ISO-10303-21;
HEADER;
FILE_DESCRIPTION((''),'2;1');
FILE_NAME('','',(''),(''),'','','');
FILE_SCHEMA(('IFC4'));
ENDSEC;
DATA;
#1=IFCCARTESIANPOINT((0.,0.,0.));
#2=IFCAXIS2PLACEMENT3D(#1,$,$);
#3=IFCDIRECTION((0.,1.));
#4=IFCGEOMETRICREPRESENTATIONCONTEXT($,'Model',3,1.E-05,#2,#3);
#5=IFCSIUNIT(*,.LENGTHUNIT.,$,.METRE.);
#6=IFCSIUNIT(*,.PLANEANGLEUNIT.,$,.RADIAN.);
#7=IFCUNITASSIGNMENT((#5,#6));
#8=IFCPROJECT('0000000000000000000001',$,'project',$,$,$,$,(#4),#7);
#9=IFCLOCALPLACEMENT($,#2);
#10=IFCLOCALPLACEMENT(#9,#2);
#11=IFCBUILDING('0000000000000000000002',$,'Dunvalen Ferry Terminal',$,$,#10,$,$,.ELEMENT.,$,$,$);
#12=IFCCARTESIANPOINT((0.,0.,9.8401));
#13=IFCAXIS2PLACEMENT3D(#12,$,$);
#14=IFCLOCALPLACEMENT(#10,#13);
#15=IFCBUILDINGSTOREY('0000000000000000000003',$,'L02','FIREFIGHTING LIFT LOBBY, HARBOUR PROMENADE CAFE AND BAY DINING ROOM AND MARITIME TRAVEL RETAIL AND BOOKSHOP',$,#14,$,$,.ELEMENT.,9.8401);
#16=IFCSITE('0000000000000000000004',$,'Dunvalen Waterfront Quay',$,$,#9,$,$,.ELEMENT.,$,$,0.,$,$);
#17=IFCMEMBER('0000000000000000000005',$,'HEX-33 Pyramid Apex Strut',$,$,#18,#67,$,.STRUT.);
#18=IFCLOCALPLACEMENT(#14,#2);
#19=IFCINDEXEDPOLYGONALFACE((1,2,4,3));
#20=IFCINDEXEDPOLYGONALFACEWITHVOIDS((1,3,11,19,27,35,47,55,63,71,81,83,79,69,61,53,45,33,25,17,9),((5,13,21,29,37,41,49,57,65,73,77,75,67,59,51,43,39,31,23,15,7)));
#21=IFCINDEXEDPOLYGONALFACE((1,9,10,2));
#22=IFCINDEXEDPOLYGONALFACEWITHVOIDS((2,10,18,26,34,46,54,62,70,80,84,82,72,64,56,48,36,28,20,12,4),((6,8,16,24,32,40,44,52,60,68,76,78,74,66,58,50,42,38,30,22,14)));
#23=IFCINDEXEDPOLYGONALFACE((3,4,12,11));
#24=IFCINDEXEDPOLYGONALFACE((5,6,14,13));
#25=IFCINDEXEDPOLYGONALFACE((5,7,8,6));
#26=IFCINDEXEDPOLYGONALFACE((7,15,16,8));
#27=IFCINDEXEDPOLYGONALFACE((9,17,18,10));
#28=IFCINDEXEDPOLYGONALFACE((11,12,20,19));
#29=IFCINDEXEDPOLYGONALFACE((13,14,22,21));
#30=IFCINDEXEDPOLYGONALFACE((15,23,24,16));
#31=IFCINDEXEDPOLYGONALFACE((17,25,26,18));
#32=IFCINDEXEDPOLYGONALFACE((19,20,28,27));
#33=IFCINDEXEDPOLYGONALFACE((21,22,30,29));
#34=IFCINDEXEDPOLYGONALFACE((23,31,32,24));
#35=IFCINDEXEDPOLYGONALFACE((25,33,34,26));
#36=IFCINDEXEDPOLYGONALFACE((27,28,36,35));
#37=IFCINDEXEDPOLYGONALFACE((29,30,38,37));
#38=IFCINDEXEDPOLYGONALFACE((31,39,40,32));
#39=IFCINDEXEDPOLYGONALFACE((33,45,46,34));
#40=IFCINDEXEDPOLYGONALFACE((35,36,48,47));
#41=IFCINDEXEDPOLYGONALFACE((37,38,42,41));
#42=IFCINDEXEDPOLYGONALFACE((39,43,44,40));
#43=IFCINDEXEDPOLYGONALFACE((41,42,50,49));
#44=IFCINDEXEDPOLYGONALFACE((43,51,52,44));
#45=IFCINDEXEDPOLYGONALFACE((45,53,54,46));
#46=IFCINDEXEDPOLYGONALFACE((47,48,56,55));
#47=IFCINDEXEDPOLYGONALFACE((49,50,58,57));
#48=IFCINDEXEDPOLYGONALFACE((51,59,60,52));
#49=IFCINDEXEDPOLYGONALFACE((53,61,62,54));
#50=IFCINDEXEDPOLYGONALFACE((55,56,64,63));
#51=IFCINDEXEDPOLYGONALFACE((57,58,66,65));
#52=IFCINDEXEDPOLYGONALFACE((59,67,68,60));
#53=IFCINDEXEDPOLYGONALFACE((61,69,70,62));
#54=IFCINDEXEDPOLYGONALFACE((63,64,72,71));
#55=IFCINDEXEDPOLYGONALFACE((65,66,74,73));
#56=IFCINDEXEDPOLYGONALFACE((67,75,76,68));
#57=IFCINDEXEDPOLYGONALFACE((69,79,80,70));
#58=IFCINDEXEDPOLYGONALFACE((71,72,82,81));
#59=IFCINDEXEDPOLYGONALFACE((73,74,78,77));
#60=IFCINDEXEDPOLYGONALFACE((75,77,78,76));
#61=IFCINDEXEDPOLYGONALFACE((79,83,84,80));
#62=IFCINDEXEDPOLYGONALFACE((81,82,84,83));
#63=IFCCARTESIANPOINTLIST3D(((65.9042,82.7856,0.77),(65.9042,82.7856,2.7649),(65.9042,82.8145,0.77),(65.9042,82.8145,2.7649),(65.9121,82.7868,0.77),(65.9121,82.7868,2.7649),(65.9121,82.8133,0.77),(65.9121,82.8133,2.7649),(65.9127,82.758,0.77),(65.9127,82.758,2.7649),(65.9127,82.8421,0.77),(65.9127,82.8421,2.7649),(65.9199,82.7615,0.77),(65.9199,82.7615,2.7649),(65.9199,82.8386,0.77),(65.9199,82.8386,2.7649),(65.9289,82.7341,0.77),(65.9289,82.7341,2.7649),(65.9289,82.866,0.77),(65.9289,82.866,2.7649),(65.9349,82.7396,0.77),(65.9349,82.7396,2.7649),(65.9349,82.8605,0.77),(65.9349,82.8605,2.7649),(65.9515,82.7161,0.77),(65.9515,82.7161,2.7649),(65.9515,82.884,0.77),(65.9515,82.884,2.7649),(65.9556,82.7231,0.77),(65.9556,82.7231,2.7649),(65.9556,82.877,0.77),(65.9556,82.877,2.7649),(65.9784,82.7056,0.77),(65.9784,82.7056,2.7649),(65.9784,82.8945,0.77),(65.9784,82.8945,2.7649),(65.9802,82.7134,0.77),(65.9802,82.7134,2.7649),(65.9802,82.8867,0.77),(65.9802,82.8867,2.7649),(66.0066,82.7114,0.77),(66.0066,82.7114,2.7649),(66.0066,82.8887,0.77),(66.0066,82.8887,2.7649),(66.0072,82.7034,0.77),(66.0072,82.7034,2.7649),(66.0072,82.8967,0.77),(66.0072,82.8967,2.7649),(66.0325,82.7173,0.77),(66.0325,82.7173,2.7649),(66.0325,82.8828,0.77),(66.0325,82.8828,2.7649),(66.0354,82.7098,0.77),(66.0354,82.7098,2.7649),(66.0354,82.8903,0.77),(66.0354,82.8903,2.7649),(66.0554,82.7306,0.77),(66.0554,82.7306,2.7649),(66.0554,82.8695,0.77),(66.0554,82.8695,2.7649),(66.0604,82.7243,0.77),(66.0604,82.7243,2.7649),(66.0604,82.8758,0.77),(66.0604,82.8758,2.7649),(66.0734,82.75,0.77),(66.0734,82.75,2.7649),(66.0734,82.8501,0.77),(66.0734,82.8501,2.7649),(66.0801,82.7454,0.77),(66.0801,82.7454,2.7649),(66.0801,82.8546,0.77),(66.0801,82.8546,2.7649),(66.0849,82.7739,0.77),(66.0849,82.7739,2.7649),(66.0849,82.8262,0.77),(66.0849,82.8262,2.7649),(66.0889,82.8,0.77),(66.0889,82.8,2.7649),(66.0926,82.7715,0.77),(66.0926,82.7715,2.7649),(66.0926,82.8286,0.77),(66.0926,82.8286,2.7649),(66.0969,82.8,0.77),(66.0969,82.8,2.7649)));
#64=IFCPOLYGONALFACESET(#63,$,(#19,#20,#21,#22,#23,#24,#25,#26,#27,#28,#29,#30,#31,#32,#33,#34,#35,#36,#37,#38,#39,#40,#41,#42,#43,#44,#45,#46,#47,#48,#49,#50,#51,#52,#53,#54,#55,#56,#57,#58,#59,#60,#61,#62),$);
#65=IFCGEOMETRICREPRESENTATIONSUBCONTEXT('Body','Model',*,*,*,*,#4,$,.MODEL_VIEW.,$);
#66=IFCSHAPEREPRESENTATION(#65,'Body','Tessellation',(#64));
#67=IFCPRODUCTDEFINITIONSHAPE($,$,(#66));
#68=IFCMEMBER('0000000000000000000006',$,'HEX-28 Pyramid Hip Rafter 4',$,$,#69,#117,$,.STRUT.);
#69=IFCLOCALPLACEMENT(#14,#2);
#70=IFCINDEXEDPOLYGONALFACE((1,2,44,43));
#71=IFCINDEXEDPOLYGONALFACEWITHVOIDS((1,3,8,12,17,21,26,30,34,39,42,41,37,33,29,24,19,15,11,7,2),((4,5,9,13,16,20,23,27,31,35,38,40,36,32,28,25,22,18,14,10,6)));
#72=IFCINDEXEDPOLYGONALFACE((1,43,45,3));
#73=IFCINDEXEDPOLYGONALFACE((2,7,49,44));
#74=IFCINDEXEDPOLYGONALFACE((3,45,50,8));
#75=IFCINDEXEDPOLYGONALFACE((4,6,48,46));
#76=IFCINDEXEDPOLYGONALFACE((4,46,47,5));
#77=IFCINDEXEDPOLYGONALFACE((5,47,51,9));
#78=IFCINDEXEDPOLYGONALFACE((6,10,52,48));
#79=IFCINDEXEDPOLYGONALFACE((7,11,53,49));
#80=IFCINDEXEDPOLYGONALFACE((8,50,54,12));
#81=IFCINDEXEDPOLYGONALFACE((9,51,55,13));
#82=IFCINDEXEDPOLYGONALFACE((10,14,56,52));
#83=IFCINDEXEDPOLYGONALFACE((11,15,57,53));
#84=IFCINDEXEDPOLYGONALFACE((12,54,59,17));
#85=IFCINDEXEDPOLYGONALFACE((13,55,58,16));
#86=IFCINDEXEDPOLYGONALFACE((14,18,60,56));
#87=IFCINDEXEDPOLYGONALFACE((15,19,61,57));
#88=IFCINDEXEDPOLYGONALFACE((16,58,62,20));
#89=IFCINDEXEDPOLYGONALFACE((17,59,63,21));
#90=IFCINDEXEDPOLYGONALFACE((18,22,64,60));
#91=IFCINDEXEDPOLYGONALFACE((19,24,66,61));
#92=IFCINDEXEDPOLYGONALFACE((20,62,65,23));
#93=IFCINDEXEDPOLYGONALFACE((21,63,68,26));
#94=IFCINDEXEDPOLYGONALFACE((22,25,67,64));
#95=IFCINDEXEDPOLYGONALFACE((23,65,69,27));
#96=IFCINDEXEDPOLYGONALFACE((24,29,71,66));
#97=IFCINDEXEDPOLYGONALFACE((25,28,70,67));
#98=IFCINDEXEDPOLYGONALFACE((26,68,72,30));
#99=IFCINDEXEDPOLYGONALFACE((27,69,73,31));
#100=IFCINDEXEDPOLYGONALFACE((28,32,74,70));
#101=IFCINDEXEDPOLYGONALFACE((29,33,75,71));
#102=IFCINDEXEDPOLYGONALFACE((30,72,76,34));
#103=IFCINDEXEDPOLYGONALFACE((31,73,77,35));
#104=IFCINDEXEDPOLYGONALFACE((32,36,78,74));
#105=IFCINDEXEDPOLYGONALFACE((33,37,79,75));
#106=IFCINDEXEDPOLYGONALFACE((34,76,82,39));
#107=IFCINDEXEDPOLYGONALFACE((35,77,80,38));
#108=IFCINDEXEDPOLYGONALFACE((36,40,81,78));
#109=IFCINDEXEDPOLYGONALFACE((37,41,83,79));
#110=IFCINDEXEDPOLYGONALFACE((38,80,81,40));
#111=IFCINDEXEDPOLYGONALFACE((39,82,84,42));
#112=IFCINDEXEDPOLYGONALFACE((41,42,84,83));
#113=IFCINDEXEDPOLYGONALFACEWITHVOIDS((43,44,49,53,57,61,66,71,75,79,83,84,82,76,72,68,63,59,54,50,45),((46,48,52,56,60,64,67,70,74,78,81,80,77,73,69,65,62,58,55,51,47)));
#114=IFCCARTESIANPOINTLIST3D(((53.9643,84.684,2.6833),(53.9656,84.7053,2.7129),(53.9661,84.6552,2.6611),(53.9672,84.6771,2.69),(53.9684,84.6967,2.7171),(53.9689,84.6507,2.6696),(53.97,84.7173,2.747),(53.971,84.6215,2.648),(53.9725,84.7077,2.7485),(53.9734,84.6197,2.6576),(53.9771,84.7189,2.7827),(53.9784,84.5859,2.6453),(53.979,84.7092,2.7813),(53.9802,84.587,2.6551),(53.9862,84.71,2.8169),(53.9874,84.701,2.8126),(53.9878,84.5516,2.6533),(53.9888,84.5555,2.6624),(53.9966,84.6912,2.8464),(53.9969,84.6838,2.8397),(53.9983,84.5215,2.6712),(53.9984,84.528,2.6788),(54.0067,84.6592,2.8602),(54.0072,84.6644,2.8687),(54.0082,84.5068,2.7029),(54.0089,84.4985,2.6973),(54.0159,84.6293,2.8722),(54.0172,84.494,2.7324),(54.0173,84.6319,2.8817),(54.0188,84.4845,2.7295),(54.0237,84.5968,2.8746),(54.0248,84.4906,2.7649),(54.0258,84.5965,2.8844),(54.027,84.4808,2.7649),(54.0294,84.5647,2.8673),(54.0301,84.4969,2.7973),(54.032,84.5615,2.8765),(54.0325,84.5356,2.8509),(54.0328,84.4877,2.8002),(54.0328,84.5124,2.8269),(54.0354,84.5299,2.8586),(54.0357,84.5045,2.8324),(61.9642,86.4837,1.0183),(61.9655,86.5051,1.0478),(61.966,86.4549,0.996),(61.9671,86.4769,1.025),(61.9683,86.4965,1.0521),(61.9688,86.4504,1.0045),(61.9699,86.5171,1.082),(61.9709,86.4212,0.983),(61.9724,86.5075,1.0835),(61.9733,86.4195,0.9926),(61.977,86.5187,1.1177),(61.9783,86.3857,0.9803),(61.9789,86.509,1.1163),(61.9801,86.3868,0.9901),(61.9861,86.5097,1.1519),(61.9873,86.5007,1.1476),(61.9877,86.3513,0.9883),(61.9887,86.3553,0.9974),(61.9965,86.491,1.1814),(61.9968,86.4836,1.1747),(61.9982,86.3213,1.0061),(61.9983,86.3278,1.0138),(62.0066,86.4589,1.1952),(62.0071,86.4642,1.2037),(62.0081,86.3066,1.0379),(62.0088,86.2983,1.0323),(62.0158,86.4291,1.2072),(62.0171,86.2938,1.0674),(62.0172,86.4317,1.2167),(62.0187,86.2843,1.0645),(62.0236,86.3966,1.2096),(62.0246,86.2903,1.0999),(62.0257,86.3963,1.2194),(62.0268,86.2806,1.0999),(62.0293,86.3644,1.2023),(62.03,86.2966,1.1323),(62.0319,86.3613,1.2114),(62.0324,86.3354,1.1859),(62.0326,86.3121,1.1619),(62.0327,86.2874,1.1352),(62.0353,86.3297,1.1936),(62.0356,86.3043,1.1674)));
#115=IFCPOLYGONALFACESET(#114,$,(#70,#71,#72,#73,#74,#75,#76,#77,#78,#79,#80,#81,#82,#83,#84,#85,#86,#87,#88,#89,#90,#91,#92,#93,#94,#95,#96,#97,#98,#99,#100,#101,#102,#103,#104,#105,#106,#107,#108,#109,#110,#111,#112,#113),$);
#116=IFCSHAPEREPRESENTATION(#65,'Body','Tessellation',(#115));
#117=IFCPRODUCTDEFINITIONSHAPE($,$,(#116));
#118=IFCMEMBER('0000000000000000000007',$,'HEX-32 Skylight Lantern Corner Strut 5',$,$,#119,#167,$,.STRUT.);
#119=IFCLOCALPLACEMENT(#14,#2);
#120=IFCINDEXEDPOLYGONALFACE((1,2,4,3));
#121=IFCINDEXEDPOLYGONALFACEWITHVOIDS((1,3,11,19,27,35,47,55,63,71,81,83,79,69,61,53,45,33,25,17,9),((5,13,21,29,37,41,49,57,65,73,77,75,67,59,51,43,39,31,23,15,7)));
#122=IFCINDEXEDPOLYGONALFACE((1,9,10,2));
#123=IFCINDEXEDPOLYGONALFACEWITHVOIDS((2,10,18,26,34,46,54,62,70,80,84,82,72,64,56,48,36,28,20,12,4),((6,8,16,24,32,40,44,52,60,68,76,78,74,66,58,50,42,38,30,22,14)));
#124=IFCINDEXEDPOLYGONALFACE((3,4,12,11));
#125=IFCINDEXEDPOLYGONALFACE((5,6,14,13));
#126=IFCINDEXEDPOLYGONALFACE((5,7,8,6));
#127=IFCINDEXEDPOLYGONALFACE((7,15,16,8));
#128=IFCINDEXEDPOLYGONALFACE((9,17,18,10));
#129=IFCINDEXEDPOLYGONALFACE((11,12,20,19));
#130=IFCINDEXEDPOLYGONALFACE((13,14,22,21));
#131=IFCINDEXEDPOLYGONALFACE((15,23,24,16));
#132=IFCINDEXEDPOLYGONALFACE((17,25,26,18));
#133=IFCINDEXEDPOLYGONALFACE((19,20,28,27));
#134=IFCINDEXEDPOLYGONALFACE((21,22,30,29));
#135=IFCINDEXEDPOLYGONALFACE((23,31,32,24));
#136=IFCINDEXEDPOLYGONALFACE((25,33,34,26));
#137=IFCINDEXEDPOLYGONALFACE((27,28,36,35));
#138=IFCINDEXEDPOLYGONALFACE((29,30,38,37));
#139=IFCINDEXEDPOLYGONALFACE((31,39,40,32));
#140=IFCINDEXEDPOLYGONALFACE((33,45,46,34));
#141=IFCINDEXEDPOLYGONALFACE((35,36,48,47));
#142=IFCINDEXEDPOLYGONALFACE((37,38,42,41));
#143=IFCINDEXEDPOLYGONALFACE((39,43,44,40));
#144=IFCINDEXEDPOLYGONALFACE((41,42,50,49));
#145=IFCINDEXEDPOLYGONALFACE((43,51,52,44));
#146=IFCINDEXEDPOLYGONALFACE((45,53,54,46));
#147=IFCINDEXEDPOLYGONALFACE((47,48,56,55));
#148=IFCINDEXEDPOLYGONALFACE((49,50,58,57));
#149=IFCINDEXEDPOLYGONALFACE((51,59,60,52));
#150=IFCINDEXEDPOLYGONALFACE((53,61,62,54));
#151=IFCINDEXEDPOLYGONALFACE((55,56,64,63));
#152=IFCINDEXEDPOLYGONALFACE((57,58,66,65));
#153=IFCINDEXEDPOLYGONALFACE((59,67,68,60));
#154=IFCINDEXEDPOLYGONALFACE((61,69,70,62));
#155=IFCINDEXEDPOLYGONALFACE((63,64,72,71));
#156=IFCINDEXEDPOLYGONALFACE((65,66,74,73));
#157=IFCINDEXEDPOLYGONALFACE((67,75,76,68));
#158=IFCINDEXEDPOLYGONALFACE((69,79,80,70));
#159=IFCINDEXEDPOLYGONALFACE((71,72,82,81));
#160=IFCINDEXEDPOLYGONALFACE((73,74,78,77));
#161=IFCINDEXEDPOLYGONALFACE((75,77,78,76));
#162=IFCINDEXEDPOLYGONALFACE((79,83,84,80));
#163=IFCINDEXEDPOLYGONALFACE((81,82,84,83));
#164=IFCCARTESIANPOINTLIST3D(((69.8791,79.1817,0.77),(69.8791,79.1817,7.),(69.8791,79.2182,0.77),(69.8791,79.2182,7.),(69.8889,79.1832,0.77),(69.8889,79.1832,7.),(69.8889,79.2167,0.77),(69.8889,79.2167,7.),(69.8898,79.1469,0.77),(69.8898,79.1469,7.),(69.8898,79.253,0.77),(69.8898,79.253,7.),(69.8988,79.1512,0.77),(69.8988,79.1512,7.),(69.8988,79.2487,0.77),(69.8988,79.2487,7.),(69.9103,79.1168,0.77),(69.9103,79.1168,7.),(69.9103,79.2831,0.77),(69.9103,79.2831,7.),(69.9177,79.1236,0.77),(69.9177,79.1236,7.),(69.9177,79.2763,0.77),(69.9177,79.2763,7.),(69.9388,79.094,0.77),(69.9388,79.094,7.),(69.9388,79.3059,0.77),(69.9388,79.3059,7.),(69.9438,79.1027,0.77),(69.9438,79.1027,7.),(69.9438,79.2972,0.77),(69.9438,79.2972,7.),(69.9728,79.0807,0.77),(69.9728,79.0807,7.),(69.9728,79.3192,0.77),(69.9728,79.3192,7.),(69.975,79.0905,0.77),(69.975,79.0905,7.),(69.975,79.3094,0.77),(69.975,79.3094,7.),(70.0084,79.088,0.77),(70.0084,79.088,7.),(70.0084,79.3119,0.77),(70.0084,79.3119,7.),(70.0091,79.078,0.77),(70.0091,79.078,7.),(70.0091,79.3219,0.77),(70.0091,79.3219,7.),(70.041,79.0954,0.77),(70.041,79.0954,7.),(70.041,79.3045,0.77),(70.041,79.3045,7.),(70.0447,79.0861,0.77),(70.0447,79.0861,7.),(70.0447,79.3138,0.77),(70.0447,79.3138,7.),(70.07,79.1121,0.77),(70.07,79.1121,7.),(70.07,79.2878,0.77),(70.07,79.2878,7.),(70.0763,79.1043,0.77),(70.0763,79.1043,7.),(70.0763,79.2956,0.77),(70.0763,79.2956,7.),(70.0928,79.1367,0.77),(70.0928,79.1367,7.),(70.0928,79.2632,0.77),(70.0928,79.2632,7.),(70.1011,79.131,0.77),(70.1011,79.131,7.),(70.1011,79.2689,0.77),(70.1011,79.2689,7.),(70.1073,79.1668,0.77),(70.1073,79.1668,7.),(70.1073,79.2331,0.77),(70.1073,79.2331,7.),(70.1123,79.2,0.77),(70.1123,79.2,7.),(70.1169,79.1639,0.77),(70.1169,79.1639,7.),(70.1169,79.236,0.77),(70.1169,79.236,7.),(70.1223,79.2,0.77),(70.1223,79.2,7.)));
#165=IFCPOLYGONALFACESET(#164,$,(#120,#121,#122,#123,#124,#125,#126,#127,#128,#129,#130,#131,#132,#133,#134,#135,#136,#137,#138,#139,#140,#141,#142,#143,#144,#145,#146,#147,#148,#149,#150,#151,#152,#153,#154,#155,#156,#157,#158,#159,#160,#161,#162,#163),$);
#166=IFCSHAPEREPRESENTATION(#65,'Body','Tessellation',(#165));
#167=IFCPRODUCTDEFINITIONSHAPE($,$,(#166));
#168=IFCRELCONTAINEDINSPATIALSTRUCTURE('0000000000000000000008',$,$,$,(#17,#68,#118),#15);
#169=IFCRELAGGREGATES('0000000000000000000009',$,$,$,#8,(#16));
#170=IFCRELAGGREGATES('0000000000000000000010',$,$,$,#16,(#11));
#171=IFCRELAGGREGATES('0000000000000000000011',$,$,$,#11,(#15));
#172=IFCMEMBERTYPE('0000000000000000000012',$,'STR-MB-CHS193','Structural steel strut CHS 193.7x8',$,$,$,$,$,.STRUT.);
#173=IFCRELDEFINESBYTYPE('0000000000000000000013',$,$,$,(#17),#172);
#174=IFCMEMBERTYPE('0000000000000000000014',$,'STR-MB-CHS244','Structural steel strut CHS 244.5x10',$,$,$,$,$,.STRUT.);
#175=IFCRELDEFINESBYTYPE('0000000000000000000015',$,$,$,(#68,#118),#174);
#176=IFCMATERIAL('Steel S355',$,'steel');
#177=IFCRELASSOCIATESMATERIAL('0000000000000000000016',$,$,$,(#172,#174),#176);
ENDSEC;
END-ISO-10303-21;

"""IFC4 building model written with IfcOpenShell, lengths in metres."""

from ifc_helpers import new_model, si_unit, direction, frame, origin, origin_2d, place, context, subcontext, project, spatial, hollow_circle, extrude, material, material_profile, profile_set, type_object, element, save


model = new_model("IFC4")

# Units and contexts
model_context = context("Model", 3, precision=1e-05, world=origin(), true_north=direction((0.0, 1.0)))
body_context = subcontext(model_context, "Body", "Model", "MODEL_VIEW")
ifc_project = project(units=[si_unit("LENGTHUNIT", "METRE"), si_unit("PLANEANGLEUNIT", "RADIAN")], contexts=[model_context])

# Site, building, storey
site_placement = place(None, origin())
site = spatial("IfcSite", under=ifc_project, at=site_placement, Name="Dunvalen Waterfront Quay", CompositionType="ELEMENT", RefElevation=0.0)
building_placement = place(site_placement, origin())
building = spatial("IfcBuilding", under=site, at=building_placement, Name="Dunvalen Ferry Terminal", CompositionType="ELEMENT")
storey_placement = place(building_placement, frame((0.0, 0.0, 9.8401)))
storey = spatial("IfcBuildingStorey", under=building, at=storey_placement, Name="L02", Description="FIREFIGHTING LIFT LOBBY, HARBOUR PROMENADE CAFE AND BAY DINING ROOM AND MARITIME TRAVEL RETAIL AND BOOKSHOP", CompositionType="ELEMENT", Elevation=9.8401)

# Shared definitions
ifc_material_1 = material(Name="Steel S355", Category="steel")

# Members
ifc_material_profile_1 = material_profile(ifc_material_1, hollow_circle(Radius=0.0969, WallThickness=0.0081, at=origin_2d()), Name="Steel S355")
ifc_profile_set_1 = profile_set([ifc_material_profile_1], Name="Steel S355")
member_type_1 = type_object("IfcMemberType", Name="STR-MB-CHS193", Description="Structural steel strut CHS 193.7x8", PredefinedType="STRUT", material=ifc_profile_set_1)
member_1_placement = place(storey_placement, frame((66.0, 82.8, 0.77), z_axis=(0.0, 0.0, 1.0), x_axis=(1.0, 0.0, 0.0)))
element("IfcMember", 1, at=member_1_placement, inside=storey, type_object=member_type_1, Name="HEX-33 Pyramid Apex Strut", PredefinedType="STRUT", context=body_context, shape_type="SweptSolid", body=[
    extrude(hollow_circle(Radius=0.0969, WallThickness=0.0081, at=origin_2d()), origin(), (0.0, 0.0, 1.0), 1.9949),
])
ifc_material_profile_2 = material_profile(ifc_material_1, hollow_circle(Radius=0.1223, WallThickness=0.01, at=origin_2d()), Name="Steel S355")
ifc_profile_set_2 = profile_set([ifc_material_profile_2], Name="Steel S355")
member_type_2 = type_object("IfcMemberType", Name="STR-MB-CHS244", Description="Structural steel strut CHS 244.5x10", PredefinedType="STRUT", material=ifc_profile_set_2)
member_2_placement = place(storey_placement, frame((62.0, 86.3999, 1.0999), z_axis=(-0.956103, -0.2151, 0.198994), x_axis=(0.21949, -0.975615, 0.0)))
element("IfcMember", 2, at=member_2_placement, inside=storey, type_object=member_type_2, Name="HEX-28 Pyramid Hip Rafter 4", PredefinedType="STRUT", context=body_context, shape_type="SweptSolid", body=[
    extrude(hollow_circle(Radius=0.1223, WallThickness=0.01, at=origin_2d()), origin(), (0.0, 0.0, 1.0), 8.3672),
])
member_3_placement = place(storey_placement, frame((70.0, 79.2, 0.77), z_axis=(0.0, 0.0, 1.0), x_axis=(1.0, 0.0, 0.0)))
element("IfcMember", 3, at=member_3_placement, inside=storey, type_object=member_type_2, Name="HEX-32 Skylight Lantern Corner Strut 5", PredefinedType="STRUT", context=body_context, shape_type="SweptSolid", body=[
    extrude(hollow_circle(Radius=0.1223, WallThickness=0.01, at=origin_2d()), origin(), (0.0, 0.0, 1.0), 6.23),
])

save(model, "model.ifc")
